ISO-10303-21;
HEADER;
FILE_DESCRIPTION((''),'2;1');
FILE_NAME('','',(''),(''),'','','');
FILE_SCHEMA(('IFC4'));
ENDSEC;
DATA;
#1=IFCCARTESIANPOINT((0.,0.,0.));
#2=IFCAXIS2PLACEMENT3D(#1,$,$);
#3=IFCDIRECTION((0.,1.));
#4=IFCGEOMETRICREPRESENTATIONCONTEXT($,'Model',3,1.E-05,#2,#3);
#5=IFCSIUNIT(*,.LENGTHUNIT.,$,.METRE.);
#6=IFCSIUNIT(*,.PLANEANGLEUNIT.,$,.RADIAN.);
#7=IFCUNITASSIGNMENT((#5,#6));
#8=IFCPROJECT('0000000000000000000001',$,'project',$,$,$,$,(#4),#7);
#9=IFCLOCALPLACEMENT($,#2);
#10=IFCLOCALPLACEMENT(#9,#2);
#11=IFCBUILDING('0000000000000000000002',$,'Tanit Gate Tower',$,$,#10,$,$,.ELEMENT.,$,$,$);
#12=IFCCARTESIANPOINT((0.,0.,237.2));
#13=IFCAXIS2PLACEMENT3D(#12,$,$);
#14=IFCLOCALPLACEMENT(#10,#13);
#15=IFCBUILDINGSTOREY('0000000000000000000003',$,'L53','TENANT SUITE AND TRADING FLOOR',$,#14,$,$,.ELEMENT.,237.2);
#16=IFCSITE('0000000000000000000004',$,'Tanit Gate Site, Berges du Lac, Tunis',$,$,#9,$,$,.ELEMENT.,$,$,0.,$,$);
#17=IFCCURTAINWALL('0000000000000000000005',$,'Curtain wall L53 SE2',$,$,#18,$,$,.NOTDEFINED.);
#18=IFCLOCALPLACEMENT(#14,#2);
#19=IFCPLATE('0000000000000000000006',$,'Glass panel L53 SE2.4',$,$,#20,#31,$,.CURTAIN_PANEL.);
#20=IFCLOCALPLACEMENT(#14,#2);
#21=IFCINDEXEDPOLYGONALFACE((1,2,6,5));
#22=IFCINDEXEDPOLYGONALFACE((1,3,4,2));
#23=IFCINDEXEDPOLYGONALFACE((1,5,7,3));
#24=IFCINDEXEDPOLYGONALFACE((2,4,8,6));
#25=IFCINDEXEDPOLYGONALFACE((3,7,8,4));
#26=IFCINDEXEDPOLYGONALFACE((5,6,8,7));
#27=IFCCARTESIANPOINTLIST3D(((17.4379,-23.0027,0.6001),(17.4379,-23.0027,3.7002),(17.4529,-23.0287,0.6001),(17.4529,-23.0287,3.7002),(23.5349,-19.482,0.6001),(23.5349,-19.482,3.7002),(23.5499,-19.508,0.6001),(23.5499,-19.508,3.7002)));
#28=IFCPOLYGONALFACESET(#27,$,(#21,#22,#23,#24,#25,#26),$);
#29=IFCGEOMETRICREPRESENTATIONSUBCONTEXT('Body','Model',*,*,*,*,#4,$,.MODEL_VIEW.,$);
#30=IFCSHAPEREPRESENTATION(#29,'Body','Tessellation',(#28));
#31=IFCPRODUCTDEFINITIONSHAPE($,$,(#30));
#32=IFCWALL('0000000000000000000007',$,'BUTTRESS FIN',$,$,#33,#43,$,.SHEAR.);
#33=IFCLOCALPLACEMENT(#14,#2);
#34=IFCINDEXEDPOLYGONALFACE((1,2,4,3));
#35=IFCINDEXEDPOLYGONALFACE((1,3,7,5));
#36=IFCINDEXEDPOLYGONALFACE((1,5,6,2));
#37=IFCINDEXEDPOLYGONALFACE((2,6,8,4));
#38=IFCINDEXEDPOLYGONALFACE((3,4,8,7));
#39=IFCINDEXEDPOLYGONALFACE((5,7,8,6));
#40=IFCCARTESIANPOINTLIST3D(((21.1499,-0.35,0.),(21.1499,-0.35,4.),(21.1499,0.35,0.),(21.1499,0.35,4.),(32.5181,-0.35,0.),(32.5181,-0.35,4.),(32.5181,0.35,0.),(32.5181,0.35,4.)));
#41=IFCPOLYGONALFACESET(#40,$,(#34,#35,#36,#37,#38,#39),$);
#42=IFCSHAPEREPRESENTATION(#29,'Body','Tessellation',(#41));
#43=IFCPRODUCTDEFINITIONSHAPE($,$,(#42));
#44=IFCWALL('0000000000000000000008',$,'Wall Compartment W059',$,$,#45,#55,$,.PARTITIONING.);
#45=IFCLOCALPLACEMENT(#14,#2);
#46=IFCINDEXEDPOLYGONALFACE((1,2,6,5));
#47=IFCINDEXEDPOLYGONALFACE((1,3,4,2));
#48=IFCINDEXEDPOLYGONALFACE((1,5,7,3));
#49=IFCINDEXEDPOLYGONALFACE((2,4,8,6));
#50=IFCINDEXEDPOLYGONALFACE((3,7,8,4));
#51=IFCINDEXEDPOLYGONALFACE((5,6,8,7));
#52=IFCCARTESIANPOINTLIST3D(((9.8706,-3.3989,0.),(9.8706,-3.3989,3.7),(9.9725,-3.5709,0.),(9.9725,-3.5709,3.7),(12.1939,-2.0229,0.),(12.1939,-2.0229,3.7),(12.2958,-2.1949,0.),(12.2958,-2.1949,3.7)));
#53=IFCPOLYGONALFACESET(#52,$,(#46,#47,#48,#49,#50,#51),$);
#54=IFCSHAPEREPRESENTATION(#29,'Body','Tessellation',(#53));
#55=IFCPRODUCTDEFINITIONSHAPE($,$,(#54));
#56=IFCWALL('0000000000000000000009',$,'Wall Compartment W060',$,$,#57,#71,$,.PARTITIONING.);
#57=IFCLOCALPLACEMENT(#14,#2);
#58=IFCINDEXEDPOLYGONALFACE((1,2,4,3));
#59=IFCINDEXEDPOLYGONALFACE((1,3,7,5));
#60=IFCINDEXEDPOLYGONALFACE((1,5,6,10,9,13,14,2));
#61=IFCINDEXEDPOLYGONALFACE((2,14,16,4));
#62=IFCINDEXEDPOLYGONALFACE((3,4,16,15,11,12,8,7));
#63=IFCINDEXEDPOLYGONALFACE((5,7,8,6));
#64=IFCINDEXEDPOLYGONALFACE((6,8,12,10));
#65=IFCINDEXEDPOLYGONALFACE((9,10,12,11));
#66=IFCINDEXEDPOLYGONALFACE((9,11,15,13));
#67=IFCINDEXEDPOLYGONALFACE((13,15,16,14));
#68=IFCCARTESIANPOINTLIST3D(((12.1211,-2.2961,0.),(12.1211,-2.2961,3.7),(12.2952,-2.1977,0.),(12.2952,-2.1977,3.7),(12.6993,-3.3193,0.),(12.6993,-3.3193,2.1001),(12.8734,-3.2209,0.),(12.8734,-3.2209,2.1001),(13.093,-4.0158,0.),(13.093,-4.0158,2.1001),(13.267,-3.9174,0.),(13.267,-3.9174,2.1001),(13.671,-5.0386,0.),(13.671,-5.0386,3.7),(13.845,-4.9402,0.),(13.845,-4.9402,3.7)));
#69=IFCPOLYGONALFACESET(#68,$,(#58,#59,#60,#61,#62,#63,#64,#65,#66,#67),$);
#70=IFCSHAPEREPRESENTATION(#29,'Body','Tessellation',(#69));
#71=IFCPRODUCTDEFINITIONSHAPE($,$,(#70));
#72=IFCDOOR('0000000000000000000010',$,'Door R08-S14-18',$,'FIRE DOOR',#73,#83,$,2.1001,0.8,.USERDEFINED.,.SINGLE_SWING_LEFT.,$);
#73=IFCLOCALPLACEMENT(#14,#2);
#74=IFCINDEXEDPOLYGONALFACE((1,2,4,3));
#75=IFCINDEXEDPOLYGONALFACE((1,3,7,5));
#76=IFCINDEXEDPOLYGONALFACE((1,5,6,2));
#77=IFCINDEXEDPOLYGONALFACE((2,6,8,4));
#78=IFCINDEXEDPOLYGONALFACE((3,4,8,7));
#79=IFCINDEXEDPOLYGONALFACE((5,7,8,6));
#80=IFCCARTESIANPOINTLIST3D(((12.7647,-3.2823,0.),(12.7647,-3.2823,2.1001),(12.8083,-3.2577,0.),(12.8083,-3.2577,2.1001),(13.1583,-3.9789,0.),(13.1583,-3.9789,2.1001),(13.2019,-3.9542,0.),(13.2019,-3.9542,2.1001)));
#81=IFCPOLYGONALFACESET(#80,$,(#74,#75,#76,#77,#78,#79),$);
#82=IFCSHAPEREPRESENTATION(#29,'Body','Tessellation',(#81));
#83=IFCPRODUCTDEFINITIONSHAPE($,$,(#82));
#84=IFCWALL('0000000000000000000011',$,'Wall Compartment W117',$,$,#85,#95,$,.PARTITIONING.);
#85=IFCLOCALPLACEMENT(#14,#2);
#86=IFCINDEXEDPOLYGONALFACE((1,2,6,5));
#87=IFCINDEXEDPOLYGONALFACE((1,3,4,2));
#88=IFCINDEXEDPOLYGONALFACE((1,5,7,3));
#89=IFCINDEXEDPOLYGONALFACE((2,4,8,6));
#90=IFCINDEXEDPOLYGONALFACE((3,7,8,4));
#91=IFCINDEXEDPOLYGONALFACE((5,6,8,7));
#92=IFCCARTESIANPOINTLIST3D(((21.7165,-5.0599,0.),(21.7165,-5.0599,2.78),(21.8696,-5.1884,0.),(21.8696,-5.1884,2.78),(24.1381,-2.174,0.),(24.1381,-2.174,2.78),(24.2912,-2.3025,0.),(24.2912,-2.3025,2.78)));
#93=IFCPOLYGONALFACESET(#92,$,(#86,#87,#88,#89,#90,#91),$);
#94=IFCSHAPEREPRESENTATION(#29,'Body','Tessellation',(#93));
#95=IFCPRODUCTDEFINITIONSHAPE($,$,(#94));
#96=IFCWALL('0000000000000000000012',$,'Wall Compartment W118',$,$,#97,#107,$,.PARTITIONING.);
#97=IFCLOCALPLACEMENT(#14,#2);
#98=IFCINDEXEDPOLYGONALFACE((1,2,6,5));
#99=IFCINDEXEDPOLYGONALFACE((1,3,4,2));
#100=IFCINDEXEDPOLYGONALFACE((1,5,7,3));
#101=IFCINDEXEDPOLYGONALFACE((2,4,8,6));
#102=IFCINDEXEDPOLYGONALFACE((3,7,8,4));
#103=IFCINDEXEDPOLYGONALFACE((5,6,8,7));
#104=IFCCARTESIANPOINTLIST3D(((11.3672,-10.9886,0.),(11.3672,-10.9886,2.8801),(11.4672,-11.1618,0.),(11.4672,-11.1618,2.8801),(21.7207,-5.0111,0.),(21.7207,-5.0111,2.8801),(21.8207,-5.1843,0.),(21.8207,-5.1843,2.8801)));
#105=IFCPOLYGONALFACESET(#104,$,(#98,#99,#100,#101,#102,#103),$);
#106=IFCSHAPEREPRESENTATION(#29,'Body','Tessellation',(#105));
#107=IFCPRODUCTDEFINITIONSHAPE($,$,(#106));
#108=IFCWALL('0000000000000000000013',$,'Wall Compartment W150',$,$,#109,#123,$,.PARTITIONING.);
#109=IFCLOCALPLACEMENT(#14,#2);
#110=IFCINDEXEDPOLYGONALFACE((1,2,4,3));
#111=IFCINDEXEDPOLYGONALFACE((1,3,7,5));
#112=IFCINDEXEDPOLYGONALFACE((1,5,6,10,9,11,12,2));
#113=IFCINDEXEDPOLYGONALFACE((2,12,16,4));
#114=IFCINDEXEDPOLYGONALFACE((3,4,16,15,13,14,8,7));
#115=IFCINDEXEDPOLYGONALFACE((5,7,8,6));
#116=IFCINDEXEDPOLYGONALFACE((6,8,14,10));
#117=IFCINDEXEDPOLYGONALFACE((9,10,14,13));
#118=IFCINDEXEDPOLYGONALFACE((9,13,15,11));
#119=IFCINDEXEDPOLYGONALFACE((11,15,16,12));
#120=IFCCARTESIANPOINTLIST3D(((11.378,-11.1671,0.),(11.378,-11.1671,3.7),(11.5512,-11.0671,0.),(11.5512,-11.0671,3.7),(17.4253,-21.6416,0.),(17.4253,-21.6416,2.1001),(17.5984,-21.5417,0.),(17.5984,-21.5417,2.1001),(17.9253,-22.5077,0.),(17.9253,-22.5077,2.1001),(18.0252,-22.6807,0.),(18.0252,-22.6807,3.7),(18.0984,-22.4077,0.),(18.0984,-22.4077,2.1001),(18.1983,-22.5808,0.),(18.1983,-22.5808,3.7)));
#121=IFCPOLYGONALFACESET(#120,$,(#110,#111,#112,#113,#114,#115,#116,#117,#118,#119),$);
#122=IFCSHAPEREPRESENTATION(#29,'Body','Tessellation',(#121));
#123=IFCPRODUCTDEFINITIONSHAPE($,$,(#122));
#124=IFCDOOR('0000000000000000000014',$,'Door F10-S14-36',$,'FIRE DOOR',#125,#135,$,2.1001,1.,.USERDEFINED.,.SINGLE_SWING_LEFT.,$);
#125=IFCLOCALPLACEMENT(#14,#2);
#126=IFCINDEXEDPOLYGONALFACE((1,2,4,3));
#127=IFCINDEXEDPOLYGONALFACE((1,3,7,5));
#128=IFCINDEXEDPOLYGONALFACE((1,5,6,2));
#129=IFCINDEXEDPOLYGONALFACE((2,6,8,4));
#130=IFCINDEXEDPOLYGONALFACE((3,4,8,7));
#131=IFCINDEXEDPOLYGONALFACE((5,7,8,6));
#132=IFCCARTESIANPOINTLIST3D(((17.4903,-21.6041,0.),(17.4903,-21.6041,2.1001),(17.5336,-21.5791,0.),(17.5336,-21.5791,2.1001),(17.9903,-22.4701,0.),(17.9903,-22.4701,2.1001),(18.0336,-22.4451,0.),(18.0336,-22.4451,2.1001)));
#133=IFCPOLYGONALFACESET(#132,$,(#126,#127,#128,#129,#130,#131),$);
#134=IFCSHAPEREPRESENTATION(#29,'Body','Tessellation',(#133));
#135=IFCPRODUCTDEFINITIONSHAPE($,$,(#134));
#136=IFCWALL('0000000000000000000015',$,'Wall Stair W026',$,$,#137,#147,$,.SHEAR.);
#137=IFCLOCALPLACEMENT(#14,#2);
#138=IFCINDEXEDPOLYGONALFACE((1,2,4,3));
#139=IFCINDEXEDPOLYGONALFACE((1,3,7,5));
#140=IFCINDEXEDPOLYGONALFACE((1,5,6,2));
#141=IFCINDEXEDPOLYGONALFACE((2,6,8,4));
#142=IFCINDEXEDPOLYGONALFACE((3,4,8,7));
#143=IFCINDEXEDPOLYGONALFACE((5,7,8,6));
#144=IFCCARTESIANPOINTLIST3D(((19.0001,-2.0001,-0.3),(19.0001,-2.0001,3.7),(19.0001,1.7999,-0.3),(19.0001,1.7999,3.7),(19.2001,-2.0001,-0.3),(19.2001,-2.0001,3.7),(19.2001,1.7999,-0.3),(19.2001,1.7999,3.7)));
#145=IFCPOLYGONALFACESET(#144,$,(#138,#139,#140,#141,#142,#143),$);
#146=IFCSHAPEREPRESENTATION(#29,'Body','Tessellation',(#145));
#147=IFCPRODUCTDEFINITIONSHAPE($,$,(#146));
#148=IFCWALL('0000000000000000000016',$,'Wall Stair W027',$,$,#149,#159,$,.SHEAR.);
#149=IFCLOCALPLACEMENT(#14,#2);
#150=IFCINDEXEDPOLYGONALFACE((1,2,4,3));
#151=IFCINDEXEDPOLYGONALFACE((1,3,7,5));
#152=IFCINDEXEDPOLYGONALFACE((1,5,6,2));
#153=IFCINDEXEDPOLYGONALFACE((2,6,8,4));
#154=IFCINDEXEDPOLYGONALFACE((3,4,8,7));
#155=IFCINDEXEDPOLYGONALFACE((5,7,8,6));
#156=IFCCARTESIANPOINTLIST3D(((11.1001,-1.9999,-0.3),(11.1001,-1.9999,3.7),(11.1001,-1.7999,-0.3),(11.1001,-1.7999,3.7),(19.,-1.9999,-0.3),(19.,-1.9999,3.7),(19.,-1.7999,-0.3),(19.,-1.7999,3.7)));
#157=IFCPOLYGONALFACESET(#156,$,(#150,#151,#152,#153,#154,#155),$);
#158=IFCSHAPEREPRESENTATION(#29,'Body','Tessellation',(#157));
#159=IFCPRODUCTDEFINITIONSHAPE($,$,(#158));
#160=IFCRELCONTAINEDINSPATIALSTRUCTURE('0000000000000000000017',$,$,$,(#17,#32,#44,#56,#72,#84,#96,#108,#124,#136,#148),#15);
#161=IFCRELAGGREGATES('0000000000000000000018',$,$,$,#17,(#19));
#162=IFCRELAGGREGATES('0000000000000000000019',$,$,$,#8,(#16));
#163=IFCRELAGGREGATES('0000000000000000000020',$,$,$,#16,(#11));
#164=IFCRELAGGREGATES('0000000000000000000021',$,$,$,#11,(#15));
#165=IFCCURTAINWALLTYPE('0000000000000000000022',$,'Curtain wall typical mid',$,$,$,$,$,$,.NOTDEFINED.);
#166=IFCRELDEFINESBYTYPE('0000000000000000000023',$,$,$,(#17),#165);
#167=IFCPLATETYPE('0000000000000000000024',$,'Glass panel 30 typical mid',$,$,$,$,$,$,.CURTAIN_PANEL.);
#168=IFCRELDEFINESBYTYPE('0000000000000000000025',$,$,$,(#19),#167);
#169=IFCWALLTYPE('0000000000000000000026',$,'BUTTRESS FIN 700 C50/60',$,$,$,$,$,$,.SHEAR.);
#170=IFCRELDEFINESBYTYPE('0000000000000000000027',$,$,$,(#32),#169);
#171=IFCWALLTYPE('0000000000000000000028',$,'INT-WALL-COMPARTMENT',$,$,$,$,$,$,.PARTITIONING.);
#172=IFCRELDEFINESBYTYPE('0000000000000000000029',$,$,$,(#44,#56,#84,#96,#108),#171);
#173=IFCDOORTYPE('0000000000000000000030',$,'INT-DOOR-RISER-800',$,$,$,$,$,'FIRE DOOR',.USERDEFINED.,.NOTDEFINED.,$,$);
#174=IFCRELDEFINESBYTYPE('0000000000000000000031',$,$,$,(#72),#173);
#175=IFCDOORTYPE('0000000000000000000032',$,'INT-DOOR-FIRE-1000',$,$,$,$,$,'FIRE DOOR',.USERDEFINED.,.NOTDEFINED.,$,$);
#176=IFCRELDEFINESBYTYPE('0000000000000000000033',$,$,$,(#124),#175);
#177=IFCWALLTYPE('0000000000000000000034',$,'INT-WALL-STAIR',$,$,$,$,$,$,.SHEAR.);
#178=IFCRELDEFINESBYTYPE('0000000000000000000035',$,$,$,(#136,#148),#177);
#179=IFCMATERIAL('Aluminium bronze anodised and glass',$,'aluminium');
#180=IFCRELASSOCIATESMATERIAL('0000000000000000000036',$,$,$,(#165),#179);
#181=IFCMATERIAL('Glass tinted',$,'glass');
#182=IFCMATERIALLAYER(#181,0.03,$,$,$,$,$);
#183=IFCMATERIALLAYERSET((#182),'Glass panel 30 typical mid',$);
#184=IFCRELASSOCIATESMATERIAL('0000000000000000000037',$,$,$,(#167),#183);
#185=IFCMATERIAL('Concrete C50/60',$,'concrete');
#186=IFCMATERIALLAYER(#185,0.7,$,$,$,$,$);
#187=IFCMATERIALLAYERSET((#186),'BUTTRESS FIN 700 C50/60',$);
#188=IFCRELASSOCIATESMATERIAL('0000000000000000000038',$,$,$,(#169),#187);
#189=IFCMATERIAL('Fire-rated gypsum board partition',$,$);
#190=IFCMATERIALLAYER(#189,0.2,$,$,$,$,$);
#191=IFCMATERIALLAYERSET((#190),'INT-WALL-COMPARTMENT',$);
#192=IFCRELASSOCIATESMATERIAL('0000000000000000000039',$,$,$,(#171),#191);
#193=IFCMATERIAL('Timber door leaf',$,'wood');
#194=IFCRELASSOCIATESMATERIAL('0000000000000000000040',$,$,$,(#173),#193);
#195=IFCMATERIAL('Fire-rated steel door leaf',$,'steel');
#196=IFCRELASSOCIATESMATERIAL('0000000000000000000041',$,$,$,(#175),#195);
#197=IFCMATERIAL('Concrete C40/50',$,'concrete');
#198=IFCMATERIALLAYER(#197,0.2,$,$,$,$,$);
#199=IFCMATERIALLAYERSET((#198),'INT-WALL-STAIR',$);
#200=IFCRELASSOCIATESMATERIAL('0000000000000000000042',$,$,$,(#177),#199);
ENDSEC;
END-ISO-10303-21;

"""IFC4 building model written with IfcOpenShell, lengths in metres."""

from ifc_helpers import new_model, si_unit, direction, frame, frame_2d, origin, origin_2d, place, context, subcontext, project, spatial, rectangle, extrude, material, layer, layer_set, type_object, element, fill, aggregate, save


model = new_model("IFC4")

# Units and contexts
model_context = context("Model", 3, precision=1e-05, world=origin(), true_north=direction((0.0, 1.0)))
body_context = subcontext(model_context, "Body", "Model", "MODEL_VIEW")
ifc_project = project(units=[si_unit("LENGTHUNIT", "METRE"), si_unit("PLANEANGLEUNIT", "RADIAN")], contexts=[model_context])

# Site, building, storey
site_placement = place(None, origin())
site = spatial("IfcSite", under=ifc_project, at=site_placement, Name="Tanit Gate Site, Berges du Lac, Tunis", CompositionType="ELEMENT", RefElevation=0.0)
building_placement = place(site_placement, origin())
building = spatial("IfcBuilding", under=site, at=building_placement, Name="Tanit Gate Tower", CompositionType="ELEMENT")
storey_placement = place(building_placement, frame((0.0, 0.0, 237.2)))
storey = spatial("IfcBuildingStorey", under=building, at=storey_placement, Name="L53", Description="TENANT SUITE AND TRADING FLOOR", CompositionType="ELEMENT", Elevation=237.2)

# Curtain wall
ifc_material_1 = material(Name="Aluminium bronze anodised and glass", Category="aluminium")
curtain_wall_type = type_object("IfcCurtainWallType", Name="Curtain wall typical mid", PredefinedType="NOTDEFINED", material=ifc_material_1)
curtain_wall_placement = place(storey_placement, origin())
curtain_wall = element("IfcCurtainWall", 1, at=curtain_wall_placement, inside=storey, type_object=curtain_wall_type, Name="Curtain wall L53 SE2", PredefinedType="NOTDEFINED")

# Plate
ifc_material_2 = material(Name="Glass tinted", Category="glass")
ifc_layer_1 = layer(ifc_material_2, 0.03)
ifc_layer_set_1 = layer_set([ifc_layer_1], Name="Glass panel 30 typical mid")
plate_type = type_object("IfcPlateType", Name="Glass panel 30 typical mid", PredefinedType="CURTAIN_PANEL", material=ifc_layer_set_1)
plate_1_placement = place(storey_placement, frame((20.4939, -21.2554, 0.6001), z_axis=(0.0, 0.0, 1.0), x_axis=(0.865991, 0.50006, 0.0)))
plate_1 = element("IfcPlate", 2, at=plate_1_placement, type_object=plate_type, Name="Glass panel L53 SE2.4", PredefinedType="CURTAIN_PANEL", context=body_context, shape_type="SweptSolid", body=[
    extrude(rectangle(XDim=7.0405, YDim=0.03, at=origin_2d()), origin(), (0.0, 0.0, 1.0), 3.1001),
])
aggregate(curtain_wall, [plate_1])

# Walls
ifc_material_3 = material(Name="Concrete C50/60", Category="concrete")
ifc_layer_2 = layer(ifc_material_3, 0.7)
ifc_layer_set_2 = layer_set([ifc_layer_2], Name="BUTTRESS FIN 700 C50/60")
wall_type_1 = type_object("IfcWallType", Name="BUTTRESS FIN 700 C50/60", PredefinedType="SHEAR", material=ifc_layer_set_2)
wall_1_placement = place(storey_placement, frame((21.1499, 0.0, 0.0), z_axis=(0.0, 0.0, 1.0), x_axis=(1.0, 0.0, 0.0)))
element("IfcWall", 3, at=wall_1_placement, inside=storey, type_object=wall_type_1, Name="BUTTRESS FIN", PredefinedType="SHEAR", context=body_context, shape_type="SweptSolid", body=[
    extrude(rectangle(XDim=11.3682, YDim=0.7, at=frame_2d((5.6841, 0.0))), origin(), (0.0, 0.0, 1.0), 4.0),
])
ifc_material_4 = material(Name="Fire-rated gypsum board partition")
ifc_layer_3 = layer(ifc_material_4, 0.2)
ifc_layer_set_3 = layer_set([ifc_layer_3], Name="INT-WALL-COMPARTMENT")
wall_type_2 = type_object("IfcWallType", Name="INT-WALL-COMPARTMENT", PredefinedType="PARTITIONING", material=ifc_layer_set_3)
wall_2_placement = place(storey_placement, frame((12.2449, -2.1089, 0.0), z_axis=(0.0, 0.0, 1.0), x_axis=(-0.860415, -0.509594, 0.0)))
element("IfcWall", 4, at=wall_2_placement, inside=storey, type_object=wall_type_2, Name="Wall Compartment W059", PredefinedType="PARTITIONING", context=body_context, shape_type="SweptSolid", body=[
    extrude(rectangle(XDim=2.7002, YDim=0.2, at=frame_2d((1.3501, 0.0))), origin(), (0.0, 0.0, 1.0), 3.7),
])

# Wall, opening, door
wall_3_placement = place(storey_placement, frame((13.7581, -4.9895, 0.0), z_axis=(0.0, 0.0, 1.0), x_axis=(-0.491993, 0.870599, 0.0)))
wall_3 = element("IfcWall", 5, at=wall_3_placement, inside=storey, type_object=wall_type_2, Name="Wall Compartment W060", PredefinedType="PARTITIONING", context=body_context, shape_type="SweptSolid", body=[
    extrude(rectangle(XDim=3.1501, YDim=0.2, at=frame_2d((1.5752, 0.0))), origin(), (0.0, 0.0, 1.0), 3.7),
])
opening_1_placement = place(wall_3_placement, frame((1.175, 0.0, 0.0)))
opening_1 = element("IfcOpeningElement", 6, at=opening_1_placement, cuts=wall_3, PredefinedType="OPENING", context=body_context, shape_type="SweptSolid", body=[
    extrude(rectangle(XDim=0.8, YDim=2.1001, at=frame_2d((0.3999, 1.05))), frame((0.0, 0.1099, 0.0), z_axis=(0.0, -1.0, 0.0), x_axis=(1.0, 0.0, 0.0)), (0.0, 0.0, 1.0), 0.22),
])
ifc_material_5 = material(Name="Timber door leaf", Category="wood")
door_type_1 = type_object("IfcDoorType", Name="INT-DOOR-RISER-800", ElementType="FIRE DOOR", OperationType="NOTDEFINED", PredefinedType="USERDEFINED", material=ifc_material_5)
door_1_placement = place(opening_1_placement, origin())
door_1 = element("IfcDoor", 7, at=door_1_placement, inside=storey, type_object=door_type_1, Name="Door R08-S14-18", ObjectType="FIRE DOOR", OperationType="SINGLE_SWING_LEFT", OverallHeight=2.1001, OverallWidth=0.8, PredefinedType="USERDEFINED", context=body_context, shape_type="SweptSolid", body=[
    extrude(rectangle(XDim=0.8, YDim=2.1001, at=frame_2d((0.3999, 1.05))), frame((0.0, 0.0249, 0.0), z_axis=(0.0, -1.0, 0.0), x_axis=(1.0, 0.0, 0.0)), (0.0, 0.0, 1.0), 0.05),
])
fill(opening_1, door_1)

# Walls
wall_4_placement = place(storey_placement, frame((21.793, -5.1243, 0.0), z_axis=(0.0, 0.0, 1.0), x_axis=(0.642788, 0.766044, 0.0)))
element("IfcWall", 8, at=wall_4_placement, inside=storey, type_object=wall_type_2, Name="Wall Compartment W117", PredefinedType="PARTITIONING", context=body_context, shape_type="SweptSolid", body=[
    extrude(rectangle(XDim=3.7673, YDim=0.2, at=frame_2d((1.8838, 0.0))), origin(), (0.0, 0.0, 1.0), 2.78),
])
wall_5_placement = place(storey_placement, frame((11.4172, -11.0752, 0.0), z_axis=(0.0, 0.0, 1.0), x_axis=(0.866028, 0.499996, 0.0)))
element("IfcWall", 9, at=wall_5_placement, inside=storey, type_object=wall_type_2, Name="Wall Compartment W118", PredefinedType="PARTITIONING", context=body_context, shape_type="SweptSolid", body=[
    extrude(rectangle(XDim=11.9551, YDim=0.2, at=frame_2d((5.9775, 0.0))), origin(), (0.0, 0.0, 1.0), 2.8801),
])

# Wall, opening, door
wall_6_placement = place(storey_placement, frame((18.1118, -22.6309, 0.0), z_axis=(0.0, 0.0, 1.0), x_axis=(-0.499988, 0.866032, 0.0)))
wall_6 = element("IfcWall", 10, at=wall_6_placement, inside=storey, type_object=wall_type_2, Name="Wall Compartment W150", PredefinedType="PARTITIONING", context=body_context, shape_type="SweptSolid", body=[
    extrude(rectangle(XDim=13.2947, YDim=0.2, at=frame_2d((6.6475, 0.0))), origin(), (0.0, 0.0, 1.0), 3.7),
])
opening_2_placement = place(wall_6_placement, frame((0.2, 0.0, 0.0)))
opening_2 = element("IfcOpeningElement", 11, at=opening_2_placement, cuts=wall_6, PredefinedType="OPENING", context=body_context, shape_type="SweptSolid", body=[
    extrude(rectangle(XDim=1.0, YDim=2.1001, at=frame_2d((0.5, 1.05))), frame((0.0, 0.1099, 0.0), z_axis=(0.0, -1.0, 0.0), x_axis=(1.0, 0.0, 0.0)), (0.0, 0.0, 1.0), 0.22),
])
ifc_material_6 = material(Name="Fire-rated steel door leaf", Category="steel")
door_type_2 = type_object("IfcDoorType", Name="INT-DOOR-FIRE-1000", ElementType="FIRE DOOR", OperationType="NOTDEFINED", PredefinedType="USERDEFINED", material=ifc_material_6)
door_2_placement = place(opening_2_placement, origin())
door_2 = element("IfcDoor", 12, at=door_2_placement, inside=storey, type_object=door_type_2, Name="Door F10-S14-36", ObjectType="FIRE DOOR", OperationType="SINGLE_SWING_LEFT", OverallHeight=2.1001, OverallWidth=1.0, PredefinedType="USERDEFINED", context=body_context, shape_type="SweptSolid", body=[
    extrude(rectangle(XDim=1.0, YDim=2.1001, at=frame_2d((0.5, 1.05))), frame((0.0, 0.0249, 0.0), z_axis=(0.0, -1.0, 0.0), x_axis=(1.0, 0.0, 0.0)), (0.0, 0.0, 1.0), 0.05),
])
fill(opening_2, door_2)

# Walls
ifc_material_7 = material(Name="Concrete C40/50", Category="concrete")
ifc_layer_4 = layer(ifc_material_7, 0.2)
ifc_layer_set_4 = layer_set([ifc_layer_4], Name="INT-WALL-STAIR")
wall_type_3 = type_object("IfcWallType", Name="INT-WALL-STAIR", PredefinedType="SHEAR", material=ifc_layer_set_4)
wall_7_placement = place(storey_placement, frame((19.1001, -2.0, -0.3), z_axis=(0.0, 0.0, 1.0), x_axis=(0.0, 1.0, 0.0)))
element("IfcWall", 13, at=wall_7_placement, inside=storey, type_object=wall_type_3, Name="Wall Stair W026", PredefinedType="SHEAR", context=body_context, shape_type="SweptSolid", body=[
    extrude(rectangle(XDim=3.8, YDim=0.2, at=frame_2d((1.8999, 0.0))), origin(), (0.0, 0.0, 1.0), 4.0),
])
wall_8_placement = place(storey_placement, frame((11.1001, -1.8999, -0.3), z_axis=(0.0, 0.0, 1.0), x_axis=(1.0, 0.0, 0.0)))
element("IfcWall", 14, at=wall_8_placement, inside=storey, type_object=wall_type_3, Name="Wall Stair W027", PredefinedType="SHEAR", context=body_context, shape_type="SweptSolid", body=[
    extrude(rectangle(XDim=7.8999, YDim=0.2, at=frame_2d((3.95, 0.0))), origin(), (0.0, 0.0, 1.0), 4.0),
])

save(model, "model.ifc")
